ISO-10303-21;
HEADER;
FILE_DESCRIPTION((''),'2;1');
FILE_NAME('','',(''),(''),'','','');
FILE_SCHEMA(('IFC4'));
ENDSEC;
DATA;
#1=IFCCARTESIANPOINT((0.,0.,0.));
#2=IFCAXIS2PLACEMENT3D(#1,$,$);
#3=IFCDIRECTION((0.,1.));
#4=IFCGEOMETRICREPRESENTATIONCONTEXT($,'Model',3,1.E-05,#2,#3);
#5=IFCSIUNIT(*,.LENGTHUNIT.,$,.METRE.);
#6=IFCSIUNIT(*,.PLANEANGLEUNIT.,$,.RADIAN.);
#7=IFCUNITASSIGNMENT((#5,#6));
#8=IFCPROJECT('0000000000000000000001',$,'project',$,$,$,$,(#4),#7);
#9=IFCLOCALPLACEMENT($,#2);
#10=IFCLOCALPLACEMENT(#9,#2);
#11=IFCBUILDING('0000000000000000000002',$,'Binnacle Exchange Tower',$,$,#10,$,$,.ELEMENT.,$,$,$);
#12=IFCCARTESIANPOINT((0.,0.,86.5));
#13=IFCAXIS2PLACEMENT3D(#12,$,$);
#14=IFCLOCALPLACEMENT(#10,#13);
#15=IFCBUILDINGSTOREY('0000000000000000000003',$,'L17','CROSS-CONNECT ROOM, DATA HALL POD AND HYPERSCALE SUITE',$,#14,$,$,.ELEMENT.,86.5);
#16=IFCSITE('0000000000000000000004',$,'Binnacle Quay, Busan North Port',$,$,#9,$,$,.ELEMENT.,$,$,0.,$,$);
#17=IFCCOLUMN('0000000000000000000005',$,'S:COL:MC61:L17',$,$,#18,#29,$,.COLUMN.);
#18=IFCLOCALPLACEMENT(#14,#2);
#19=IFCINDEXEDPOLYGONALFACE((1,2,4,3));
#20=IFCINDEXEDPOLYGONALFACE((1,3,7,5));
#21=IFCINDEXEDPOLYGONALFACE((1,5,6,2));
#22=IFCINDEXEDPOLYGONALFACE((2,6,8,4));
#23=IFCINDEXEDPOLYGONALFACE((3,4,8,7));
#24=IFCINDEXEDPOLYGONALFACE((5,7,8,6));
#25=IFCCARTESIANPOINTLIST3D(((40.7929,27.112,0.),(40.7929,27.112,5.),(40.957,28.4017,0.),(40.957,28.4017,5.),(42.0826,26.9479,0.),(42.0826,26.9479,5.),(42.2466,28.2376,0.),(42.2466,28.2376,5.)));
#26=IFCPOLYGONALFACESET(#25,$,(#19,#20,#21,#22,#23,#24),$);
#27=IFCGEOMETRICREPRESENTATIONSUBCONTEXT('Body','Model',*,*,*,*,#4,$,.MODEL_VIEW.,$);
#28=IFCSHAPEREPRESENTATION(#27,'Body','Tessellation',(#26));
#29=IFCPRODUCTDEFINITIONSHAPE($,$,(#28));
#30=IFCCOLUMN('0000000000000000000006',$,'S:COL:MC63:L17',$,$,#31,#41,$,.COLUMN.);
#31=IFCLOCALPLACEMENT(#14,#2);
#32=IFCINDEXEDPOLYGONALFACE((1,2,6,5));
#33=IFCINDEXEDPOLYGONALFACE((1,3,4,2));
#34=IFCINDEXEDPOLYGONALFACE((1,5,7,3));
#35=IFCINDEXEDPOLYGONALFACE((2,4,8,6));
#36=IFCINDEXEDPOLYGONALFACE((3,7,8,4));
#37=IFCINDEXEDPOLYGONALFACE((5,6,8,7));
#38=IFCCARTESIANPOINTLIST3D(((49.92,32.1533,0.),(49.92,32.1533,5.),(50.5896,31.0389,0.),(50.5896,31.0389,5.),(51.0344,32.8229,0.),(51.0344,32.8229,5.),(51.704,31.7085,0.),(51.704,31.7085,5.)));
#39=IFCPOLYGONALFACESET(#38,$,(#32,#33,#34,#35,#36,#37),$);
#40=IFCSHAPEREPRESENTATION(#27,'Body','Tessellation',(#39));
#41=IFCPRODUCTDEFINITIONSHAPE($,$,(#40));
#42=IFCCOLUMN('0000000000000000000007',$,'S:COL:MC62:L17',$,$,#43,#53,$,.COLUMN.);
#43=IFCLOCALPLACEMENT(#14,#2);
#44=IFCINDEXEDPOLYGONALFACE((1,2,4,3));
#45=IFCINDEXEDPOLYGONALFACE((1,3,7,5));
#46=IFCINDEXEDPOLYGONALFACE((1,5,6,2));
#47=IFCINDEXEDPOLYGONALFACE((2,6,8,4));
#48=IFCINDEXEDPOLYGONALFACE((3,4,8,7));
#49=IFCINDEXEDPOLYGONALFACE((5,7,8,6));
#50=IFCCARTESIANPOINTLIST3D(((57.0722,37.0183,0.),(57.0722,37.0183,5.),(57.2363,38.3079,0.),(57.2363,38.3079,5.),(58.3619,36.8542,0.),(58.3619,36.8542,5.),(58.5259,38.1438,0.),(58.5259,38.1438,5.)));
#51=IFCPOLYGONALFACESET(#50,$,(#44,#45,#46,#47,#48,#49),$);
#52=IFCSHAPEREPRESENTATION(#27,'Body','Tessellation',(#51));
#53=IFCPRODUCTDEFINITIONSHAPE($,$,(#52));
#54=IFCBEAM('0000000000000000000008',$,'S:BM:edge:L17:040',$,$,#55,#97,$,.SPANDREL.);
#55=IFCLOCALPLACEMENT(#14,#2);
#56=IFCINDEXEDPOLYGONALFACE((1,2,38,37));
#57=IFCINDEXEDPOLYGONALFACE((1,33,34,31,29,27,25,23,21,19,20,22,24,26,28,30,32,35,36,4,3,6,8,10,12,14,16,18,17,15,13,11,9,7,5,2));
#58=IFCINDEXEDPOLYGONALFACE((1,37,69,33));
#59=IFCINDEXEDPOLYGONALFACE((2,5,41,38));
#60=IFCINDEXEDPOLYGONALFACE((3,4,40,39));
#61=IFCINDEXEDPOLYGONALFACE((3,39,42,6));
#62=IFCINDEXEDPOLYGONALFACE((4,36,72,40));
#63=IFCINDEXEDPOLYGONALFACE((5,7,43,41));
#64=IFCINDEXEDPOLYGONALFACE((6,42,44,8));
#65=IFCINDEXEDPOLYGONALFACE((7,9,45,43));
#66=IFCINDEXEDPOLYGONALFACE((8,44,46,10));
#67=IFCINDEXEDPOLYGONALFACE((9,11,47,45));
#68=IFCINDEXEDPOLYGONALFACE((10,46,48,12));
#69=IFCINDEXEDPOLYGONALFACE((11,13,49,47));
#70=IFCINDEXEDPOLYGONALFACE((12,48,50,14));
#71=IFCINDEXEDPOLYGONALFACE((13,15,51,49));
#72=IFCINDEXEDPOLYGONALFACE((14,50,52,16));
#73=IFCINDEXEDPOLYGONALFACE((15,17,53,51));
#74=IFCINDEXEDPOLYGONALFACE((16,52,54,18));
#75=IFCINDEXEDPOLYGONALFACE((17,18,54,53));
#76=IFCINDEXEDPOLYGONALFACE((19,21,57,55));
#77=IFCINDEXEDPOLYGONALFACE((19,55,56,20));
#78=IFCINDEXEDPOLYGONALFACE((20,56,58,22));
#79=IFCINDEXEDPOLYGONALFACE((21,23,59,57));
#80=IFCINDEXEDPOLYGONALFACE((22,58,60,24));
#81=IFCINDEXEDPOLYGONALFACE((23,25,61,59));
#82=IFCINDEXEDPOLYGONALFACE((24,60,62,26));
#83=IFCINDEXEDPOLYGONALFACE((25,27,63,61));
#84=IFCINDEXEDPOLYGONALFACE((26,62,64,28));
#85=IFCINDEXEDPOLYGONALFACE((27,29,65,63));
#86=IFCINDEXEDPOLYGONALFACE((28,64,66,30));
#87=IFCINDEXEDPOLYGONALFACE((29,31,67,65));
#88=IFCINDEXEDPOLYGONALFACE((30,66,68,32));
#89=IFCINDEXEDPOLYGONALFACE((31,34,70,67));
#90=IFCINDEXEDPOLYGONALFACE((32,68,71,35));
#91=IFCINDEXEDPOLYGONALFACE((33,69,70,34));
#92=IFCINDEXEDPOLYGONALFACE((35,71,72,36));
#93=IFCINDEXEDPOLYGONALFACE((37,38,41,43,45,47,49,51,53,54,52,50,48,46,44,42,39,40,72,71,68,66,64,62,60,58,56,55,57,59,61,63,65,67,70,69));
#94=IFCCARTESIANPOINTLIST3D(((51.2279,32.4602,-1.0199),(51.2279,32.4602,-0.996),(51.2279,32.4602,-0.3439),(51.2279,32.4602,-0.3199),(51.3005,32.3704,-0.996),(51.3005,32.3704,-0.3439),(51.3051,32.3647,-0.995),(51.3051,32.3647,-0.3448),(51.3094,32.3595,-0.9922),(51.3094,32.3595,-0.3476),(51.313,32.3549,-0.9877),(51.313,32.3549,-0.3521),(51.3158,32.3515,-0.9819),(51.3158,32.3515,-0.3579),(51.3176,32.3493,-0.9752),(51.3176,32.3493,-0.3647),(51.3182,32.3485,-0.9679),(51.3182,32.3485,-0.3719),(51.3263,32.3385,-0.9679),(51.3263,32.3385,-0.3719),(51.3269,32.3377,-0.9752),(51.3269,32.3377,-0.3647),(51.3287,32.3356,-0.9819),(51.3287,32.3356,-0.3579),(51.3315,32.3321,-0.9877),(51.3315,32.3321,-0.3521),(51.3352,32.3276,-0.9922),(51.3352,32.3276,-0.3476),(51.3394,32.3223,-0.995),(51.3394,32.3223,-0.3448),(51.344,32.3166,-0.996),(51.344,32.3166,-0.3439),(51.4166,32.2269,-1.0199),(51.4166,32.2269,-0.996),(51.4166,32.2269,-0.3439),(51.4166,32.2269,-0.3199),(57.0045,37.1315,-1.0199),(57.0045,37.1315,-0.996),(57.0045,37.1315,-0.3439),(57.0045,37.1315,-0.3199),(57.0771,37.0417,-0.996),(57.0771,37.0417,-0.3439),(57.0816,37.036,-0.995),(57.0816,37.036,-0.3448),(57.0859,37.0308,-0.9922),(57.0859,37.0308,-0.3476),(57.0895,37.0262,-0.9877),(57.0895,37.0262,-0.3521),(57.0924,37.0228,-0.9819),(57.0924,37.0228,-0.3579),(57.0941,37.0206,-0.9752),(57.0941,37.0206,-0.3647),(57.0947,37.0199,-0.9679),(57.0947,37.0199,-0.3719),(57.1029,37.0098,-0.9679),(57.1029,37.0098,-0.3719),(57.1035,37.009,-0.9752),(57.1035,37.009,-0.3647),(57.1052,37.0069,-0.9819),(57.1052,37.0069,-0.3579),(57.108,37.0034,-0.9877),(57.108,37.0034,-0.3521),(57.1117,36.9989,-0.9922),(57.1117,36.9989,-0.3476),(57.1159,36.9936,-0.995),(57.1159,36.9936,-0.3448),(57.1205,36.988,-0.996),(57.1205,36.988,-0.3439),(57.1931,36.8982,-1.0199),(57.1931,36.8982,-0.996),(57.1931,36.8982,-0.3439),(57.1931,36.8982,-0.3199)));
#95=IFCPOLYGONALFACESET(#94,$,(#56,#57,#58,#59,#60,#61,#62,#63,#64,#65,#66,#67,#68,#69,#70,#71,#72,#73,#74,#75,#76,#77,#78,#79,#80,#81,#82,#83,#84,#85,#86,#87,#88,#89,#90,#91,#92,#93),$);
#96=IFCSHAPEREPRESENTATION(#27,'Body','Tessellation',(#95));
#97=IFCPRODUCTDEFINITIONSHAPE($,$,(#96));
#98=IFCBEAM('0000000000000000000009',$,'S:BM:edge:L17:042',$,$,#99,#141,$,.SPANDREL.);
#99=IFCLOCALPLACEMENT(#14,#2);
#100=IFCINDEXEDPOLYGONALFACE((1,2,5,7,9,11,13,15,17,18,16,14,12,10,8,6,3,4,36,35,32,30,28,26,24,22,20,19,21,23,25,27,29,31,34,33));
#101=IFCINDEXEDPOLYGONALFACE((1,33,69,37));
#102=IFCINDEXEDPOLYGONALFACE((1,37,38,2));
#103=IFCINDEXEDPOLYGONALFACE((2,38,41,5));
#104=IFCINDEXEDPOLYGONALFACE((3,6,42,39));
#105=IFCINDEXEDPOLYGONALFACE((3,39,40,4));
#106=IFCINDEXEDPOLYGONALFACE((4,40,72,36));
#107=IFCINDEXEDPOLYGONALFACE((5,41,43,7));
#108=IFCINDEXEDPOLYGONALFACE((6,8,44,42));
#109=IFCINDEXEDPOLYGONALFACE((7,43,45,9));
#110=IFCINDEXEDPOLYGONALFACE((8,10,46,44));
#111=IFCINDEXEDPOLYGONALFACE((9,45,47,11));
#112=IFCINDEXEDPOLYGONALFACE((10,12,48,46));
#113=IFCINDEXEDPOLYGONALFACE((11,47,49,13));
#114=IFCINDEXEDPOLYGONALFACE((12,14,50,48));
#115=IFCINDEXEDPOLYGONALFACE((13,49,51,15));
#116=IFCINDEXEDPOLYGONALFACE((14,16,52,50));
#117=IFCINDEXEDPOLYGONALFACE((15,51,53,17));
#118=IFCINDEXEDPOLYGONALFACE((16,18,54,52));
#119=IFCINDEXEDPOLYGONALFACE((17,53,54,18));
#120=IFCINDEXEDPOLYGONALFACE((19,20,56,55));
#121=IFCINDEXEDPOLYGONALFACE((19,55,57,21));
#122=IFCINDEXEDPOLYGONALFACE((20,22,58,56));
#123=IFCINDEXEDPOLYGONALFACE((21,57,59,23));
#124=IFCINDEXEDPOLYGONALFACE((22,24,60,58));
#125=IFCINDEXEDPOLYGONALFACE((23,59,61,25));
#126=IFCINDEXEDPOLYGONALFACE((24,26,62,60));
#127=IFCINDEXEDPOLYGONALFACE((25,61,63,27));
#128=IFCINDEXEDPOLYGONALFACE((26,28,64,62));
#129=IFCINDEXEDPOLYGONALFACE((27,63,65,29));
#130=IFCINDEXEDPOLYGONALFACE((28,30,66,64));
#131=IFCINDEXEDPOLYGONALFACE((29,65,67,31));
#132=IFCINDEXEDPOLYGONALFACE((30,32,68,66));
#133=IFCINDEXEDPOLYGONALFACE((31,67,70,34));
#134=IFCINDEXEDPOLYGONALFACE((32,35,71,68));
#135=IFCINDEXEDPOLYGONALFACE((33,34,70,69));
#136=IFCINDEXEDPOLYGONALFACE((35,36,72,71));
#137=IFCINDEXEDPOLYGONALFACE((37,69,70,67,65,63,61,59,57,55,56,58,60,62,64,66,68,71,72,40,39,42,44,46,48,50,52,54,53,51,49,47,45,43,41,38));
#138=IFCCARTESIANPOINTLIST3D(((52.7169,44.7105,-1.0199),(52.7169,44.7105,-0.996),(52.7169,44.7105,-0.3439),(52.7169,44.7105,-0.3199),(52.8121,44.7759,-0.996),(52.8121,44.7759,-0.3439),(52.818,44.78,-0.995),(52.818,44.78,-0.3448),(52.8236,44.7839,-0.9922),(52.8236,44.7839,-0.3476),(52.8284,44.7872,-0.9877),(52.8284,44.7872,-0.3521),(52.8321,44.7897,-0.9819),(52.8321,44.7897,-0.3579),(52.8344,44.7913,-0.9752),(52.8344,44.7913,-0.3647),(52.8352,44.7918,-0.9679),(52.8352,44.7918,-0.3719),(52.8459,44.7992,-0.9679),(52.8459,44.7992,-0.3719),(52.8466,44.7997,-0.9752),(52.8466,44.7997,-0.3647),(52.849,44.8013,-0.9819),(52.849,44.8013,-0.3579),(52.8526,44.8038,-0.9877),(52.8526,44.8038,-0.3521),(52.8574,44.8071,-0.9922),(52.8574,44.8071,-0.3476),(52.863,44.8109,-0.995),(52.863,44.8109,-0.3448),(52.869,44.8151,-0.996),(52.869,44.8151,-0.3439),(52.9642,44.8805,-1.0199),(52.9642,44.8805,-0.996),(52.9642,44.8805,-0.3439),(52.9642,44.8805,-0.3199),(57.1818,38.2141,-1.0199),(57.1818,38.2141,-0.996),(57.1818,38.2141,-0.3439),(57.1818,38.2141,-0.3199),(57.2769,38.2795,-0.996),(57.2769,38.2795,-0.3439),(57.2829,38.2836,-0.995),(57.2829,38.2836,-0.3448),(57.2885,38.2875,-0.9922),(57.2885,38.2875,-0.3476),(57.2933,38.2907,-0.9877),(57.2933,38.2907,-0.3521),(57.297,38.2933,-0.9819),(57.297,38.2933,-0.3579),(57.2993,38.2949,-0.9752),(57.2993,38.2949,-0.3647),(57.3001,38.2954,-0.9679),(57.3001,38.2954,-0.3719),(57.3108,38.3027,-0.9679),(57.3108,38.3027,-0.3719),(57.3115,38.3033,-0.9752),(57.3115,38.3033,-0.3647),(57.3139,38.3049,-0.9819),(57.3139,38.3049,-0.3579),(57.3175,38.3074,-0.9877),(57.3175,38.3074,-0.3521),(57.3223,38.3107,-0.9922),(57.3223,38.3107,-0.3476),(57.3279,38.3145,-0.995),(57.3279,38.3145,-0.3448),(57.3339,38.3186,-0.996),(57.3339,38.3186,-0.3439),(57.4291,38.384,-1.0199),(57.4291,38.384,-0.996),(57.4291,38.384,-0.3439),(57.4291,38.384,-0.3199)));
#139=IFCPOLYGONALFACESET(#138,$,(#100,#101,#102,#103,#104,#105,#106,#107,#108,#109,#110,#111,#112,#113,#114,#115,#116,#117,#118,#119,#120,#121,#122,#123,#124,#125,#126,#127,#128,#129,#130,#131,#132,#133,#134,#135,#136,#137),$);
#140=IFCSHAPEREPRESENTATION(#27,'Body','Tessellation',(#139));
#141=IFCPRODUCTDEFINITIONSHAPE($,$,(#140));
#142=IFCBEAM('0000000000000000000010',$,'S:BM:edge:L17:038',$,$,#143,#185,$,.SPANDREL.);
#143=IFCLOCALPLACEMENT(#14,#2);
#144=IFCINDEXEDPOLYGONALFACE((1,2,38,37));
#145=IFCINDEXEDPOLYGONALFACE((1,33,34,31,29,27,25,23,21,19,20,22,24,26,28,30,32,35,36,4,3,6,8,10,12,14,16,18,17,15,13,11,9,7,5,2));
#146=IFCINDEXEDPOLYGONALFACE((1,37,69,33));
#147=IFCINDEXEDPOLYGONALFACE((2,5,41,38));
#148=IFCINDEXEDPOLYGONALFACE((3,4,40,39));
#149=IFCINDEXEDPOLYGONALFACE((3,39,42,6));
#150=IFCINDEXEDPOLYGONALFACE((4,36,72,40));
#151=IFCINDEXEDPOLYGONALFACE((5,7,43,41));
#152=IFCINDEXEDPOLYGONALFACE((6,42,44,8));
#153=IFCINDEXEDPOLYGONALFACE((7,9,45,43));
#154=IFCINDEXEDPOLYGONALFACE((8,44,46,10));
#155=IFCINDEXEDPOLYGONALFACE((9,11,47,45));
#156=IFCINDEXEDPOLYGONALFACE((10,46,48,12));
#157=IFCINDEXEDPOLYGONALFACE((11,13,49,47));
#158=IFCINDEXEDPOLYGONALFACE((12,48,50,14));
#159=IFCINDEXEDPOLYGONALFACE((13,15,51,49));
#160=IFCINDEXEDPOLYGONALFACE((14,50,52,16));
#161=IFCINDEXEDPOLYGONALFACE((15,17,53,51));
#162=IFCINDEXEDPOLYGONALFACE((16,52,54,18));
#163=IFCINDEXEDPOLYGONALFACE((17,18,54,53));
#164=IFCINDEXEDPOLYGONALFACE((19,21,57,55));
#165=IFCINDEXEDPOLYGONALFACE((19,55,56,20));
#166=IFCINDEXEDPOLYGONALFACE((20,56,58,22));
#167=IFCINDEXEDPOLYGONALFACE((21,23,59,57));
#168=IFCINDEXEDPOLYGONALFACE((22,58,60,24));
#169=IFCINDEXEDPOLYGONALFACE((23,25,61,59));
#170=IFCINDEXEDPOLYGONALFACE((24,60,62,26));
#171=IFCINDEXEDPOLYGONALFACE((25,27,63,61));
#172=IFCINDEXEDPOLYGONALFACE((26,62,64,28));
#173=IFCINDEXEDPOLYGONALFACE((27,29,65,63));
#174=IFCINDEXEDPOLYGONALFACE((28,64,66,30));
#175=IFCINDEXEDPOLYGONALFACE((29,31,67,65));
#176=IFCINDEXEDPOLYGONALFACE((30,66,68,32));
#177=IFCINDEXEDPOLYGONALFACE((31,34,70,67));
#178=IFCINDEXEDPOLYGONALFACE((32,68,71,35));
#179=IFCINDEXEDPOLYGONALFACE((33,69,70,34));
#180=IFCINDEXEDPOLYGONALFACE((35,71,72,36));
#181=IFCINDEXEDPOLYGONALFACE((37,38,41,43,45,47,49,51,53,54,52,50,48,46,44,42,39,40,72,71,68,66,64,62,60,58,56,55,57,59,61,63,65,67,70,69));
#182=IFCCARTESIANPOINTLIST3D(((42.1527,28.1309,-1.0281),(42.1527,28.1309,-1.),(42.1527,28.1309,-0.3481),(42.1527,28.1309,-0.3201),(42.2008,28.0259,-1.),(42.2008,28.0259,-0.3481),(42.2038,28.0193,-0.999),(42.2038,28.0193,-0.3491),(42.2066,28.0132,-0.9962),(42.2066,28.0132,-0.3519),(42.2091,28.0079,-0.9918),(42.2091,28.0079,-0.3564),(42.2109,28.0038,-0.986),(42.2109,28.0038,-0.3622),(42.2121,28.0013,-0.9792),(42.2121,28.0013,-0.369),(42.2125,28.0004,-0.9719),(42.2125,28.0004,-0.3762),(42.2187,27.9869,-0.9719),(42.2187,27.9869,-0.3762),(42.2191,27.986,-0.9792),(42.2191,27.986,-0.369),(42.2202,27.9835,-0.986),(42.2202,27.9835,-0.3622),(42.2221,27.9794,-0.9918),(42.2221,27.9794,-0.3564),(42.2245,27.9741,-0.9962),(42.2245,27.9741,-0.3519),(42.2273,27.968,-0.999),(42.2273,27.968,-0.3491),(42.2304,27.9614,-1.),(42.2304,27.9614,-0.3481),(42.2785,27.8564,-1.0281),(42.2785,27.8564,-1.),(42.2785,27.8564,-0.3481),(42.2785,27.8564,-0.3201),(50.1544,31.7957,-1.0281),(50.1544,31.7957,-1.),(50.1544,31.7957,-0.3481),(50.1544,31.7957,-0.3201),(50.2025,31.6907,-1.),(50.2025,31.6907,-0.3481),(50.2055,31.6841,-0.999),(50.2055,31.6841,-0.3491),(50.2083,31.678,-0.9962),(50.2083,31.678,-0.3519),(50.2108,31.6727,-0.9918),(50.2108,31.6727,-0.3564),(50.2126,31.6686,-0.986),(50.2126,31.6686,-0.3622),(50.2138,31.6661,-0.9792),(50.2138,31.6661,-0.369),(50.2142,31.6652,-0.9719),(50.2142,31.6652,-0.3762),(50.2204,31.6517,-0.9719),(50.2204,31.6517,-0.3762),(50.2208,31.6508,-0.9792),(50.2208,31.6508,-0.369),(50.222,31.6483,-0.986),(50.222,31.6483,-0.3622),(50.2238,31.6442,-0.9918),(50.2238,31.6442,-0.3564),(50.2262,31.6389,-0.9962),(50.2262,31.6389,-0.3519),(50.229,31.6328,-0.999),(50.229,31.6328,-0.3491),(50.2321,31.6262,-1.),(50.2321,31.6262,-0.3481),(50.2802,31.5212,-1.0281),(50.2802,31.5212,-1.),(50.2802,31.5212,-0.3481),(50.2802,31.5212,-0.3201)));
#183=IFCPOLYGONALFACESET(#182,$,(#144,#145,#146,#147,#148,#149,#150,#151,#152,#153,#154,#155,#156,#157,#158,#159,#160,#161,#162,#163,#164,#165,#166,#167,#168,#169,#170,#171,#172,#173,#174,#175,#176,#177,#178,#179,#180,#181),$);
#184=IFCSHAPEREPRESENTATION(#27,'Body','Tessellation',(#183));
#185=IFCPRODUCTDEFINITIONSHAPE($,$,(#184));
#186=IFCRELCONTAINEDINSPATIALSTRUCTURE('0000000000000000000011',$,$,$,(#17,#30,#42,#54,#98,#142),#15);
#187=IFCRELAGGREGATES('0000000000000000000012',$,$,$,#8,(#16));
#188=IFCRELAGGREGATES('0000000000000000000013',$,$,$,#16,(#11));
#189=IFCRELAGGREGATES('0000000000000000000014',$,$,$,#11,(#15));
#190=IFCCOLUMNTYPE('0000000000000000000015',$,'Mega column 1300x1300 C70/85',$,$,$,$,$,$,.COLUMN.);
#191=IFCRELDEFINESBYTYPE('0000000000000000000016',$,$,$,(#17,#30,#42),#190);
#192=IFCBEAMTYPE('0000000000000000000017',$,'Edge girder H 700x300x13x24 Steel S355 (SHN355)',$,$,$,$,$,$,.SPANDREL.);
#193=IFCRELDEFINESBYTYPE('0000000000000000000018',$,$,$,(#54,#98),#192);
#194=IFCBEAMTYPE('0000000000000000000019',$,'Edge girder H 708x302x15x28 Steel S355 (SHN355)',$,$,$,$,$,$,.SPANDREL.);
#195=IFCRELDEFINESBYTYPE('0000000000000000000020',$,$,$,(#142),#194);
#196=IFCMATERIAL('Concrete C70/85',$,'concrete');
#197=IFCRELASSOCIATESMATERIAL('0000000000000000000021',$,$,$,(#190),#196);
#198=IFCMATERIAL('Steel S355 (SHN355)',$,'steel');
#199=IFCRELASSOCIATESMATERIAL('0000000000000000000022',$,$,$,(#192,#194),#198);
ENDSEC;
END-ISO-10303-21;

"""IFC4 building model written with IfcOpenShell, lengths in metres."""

from ifc_helpers import new_model, si_unit, direction, frame, origin, origin_2d, place, context, subcontext, project, spatial, rectangle, i_section, extrude, material, material_profile, profile_set, type_object, element, save


model = new_model("IFC4")

# Units and contexts
model_context = context("Model", 3, precision=1e-05, world=origin(), true_north=direction((0.0, 1.0)))
body_context = subcontext(model_context, "Body", "Model", "MODEL_VIEW")
ifc_project = project(units=[si_unit("LENGTHUNIT", "METRE"), si_unit("PLANEANGLEUNIT", "RADIAN")], contexts=[model_context])

# Site, building, storey
site_placement = place(None, origin())
site = spatial("IfcSite", under=ifc_project, at=site_placement, Name="Binnacle Quay, Busan North Port", CompositionType="ELEMENT", RefElevation=0.0)
building_placement = place(site_placement, origin())
building = spatial("IfcBuilding", under=site, at=building_placement, Name="Binnacle Exchange Tower", CompositionType="ELEMENT")
storey_placement = place(building_placement, frame((0.0, 0.0, 86.5)))
storey = spatial("IfcBuildingStorey", under=building, at=storey_placement, Name="L17", Description="CROSS-CONNECT ROOM, DATA HALL POD AND HYPERSCALE SUITE", CompositionType="ELEMENT", Elevation=86.5)

# Columns
ifc_material_1 = material(Name="Concrete C70/85", Category="concrete")
ifc_material_profile_1 = material_profile(ifc_material_1, rectangle(XDim=1.3, YDim=1.3, at=origin_2d()), Name="Mega column 1300x1300 C70/85")
ifc_profile_set_1 = profile_set([ifc_material_profile_1], Name="Concrete C70/85")
column_type = type_object("IfcColumnType", Name="Mega column 1300x1300 C70/85", PredefinedType="COLUMN", material=ifc_profile_set_1)
for number, where, z_axis, x_axis, name in (
    (1, (41.5198, 27.6748, 0.0), (0.0, 0.0, 1.0), (0.992005, -0.126199, 0.0), "S:COL:MC61:L17"),
    (2, (50.812, 31.9309, 0.0), (0.0, 0.0, 1.0), (0.857167, 0.515038, 0.0), "S:COL:MC63:L17"),
    (3, (57.7991, 37.5811, 0.0), (0.0, 0.0, 1.0), (0.126199, 0.992005, 0.0), "S:COL:MC62:L17"),
):
    element("IfcColumn", number, at=place(storey_placement, frame(where, z_axis=z_axis, x_axis=x_axis)), inside=storey, type_object=column_type, Name=name, PredefinedType="COLUMN", context=body_context, shape_type="SweptSolid", body=[
        extrude(rectangle(XDim=1.3, YDim=1.3, at=origin_2d()), origin(), (0.0, 0.0, 1.0), 5.0),
    ])

# Beams
ifc_material_2 = material(Name="Steel S355 (SHN355)", Category="steel")
ifc_material_profile_2 = material_profile(ifc_material_2, i_section(OverallWidth=0.3, OverallDepth=0.7, WebThickness=0.0129, FlangeThickness=0.0239, FilletRadius=0.0281, at=origin_2d()), Name="H 700x300x13x24")
ifc_profile_set_2 = profile_set([ifc_material_profile_2], Name="Steel S355 (SHN355)")
beam_type_1 = type_object("IfcBeamType", Name="Edge girder H 700x300x13x24 Steel S355 (SHN355)", PredefinedType="SPANDREL", material=ifc_profile_set_2)
beam_1_placement = place(storey_placement, frame((51.3223, 32.3435, -0.6699), z_axis=(0.777568, 0.628798, 0.0), x_axis=(-0.628798, 0.777568, 0.0)))
element("IfcBeam", 4, at=beam_1_placement, inside=storey, type_object=beam_type_1, Name="S:BM:edge:L17:040", PredefinedType="SPANDREL", context=body_context, shape_type="SweptSolid", body=[
    extrude(i_section(OverallWidth=0.3, OverallDepth=0.7, WebThickness=0.0129, FlangeThickness=0.0239, FilletRadius=0.0281, at=origin_2d()), origin(), (0.0, 0.0, 1.0), 7.429),
])
beam_2_placement = place(storey_placement, frame((57.3054, 38.2991, -0.6699), z_axis=(-0.566409, 0.824124, 0.0), x_axis=(-0.824124, -0.566409, 0.0)))
element("IfcBeam", 5, at=beam_2_placement, inside=storey, type_object=beam_type_1, Name="S:BM:edge:L17:042", PredefinedType="SPANDREL", context=body_context, shape_type="SweptSolid", body=[
    extrude(i_section(OverallWidth=0.3, OverallDepth=0.7, WebThickness=0.0129, FlangeThickness=0.0239, FilletRadius=0.0281, at=origin_2d()), origin(), (0.0, 0.0, 1.0), 7.8828),
])
ifc_material_profile_3 = material_profile(ifc_material_2, i_section(OverallWidth=0.302, OverallDepth=0.708, WebThickness=0.0149, FlangeThickness=0.0281, FilletRadius=0.0281, at=origin_2d()), Name="H 708x302x15x28")
ifc_profile_set_3 = profile_set([ifc_material_profile_3], Name="Steel S355 (SHN355)")
beam_type_2 = type_object("IfcBeamType", Name="Edge girder H 708x302x15x28 Steel S355 (SHN355)", PredefinedType="SPANDREL", material=ifc_profile_set_3)
beam_3_placement = place(storey_placement, frame((42.2156, 27.9937, -0.6741), z_axis=(0.909179, 0.416405, 0.0), x_axis=(-0.416405, 0.909179, 0.0)))
element("IfcBeam", 6, at=beam_3_placement, inside=storey, type_object=beam_type_2, Name="S:BM:edge:L17:038", PredefinedType="SPANDREL", context=body_context, shape_type="SweptSolid", body=[
    extrude(i_section(OverallWidth=0.302, OverallDepth=0.708, WebThickness=0.0149, FlangeThickness=0.0281, FilletRadius=0.0281, at=origin_2d()), origin(), (0.0, 0.0, 1.0), 8.801),
])

save(model, "model.ifc")
